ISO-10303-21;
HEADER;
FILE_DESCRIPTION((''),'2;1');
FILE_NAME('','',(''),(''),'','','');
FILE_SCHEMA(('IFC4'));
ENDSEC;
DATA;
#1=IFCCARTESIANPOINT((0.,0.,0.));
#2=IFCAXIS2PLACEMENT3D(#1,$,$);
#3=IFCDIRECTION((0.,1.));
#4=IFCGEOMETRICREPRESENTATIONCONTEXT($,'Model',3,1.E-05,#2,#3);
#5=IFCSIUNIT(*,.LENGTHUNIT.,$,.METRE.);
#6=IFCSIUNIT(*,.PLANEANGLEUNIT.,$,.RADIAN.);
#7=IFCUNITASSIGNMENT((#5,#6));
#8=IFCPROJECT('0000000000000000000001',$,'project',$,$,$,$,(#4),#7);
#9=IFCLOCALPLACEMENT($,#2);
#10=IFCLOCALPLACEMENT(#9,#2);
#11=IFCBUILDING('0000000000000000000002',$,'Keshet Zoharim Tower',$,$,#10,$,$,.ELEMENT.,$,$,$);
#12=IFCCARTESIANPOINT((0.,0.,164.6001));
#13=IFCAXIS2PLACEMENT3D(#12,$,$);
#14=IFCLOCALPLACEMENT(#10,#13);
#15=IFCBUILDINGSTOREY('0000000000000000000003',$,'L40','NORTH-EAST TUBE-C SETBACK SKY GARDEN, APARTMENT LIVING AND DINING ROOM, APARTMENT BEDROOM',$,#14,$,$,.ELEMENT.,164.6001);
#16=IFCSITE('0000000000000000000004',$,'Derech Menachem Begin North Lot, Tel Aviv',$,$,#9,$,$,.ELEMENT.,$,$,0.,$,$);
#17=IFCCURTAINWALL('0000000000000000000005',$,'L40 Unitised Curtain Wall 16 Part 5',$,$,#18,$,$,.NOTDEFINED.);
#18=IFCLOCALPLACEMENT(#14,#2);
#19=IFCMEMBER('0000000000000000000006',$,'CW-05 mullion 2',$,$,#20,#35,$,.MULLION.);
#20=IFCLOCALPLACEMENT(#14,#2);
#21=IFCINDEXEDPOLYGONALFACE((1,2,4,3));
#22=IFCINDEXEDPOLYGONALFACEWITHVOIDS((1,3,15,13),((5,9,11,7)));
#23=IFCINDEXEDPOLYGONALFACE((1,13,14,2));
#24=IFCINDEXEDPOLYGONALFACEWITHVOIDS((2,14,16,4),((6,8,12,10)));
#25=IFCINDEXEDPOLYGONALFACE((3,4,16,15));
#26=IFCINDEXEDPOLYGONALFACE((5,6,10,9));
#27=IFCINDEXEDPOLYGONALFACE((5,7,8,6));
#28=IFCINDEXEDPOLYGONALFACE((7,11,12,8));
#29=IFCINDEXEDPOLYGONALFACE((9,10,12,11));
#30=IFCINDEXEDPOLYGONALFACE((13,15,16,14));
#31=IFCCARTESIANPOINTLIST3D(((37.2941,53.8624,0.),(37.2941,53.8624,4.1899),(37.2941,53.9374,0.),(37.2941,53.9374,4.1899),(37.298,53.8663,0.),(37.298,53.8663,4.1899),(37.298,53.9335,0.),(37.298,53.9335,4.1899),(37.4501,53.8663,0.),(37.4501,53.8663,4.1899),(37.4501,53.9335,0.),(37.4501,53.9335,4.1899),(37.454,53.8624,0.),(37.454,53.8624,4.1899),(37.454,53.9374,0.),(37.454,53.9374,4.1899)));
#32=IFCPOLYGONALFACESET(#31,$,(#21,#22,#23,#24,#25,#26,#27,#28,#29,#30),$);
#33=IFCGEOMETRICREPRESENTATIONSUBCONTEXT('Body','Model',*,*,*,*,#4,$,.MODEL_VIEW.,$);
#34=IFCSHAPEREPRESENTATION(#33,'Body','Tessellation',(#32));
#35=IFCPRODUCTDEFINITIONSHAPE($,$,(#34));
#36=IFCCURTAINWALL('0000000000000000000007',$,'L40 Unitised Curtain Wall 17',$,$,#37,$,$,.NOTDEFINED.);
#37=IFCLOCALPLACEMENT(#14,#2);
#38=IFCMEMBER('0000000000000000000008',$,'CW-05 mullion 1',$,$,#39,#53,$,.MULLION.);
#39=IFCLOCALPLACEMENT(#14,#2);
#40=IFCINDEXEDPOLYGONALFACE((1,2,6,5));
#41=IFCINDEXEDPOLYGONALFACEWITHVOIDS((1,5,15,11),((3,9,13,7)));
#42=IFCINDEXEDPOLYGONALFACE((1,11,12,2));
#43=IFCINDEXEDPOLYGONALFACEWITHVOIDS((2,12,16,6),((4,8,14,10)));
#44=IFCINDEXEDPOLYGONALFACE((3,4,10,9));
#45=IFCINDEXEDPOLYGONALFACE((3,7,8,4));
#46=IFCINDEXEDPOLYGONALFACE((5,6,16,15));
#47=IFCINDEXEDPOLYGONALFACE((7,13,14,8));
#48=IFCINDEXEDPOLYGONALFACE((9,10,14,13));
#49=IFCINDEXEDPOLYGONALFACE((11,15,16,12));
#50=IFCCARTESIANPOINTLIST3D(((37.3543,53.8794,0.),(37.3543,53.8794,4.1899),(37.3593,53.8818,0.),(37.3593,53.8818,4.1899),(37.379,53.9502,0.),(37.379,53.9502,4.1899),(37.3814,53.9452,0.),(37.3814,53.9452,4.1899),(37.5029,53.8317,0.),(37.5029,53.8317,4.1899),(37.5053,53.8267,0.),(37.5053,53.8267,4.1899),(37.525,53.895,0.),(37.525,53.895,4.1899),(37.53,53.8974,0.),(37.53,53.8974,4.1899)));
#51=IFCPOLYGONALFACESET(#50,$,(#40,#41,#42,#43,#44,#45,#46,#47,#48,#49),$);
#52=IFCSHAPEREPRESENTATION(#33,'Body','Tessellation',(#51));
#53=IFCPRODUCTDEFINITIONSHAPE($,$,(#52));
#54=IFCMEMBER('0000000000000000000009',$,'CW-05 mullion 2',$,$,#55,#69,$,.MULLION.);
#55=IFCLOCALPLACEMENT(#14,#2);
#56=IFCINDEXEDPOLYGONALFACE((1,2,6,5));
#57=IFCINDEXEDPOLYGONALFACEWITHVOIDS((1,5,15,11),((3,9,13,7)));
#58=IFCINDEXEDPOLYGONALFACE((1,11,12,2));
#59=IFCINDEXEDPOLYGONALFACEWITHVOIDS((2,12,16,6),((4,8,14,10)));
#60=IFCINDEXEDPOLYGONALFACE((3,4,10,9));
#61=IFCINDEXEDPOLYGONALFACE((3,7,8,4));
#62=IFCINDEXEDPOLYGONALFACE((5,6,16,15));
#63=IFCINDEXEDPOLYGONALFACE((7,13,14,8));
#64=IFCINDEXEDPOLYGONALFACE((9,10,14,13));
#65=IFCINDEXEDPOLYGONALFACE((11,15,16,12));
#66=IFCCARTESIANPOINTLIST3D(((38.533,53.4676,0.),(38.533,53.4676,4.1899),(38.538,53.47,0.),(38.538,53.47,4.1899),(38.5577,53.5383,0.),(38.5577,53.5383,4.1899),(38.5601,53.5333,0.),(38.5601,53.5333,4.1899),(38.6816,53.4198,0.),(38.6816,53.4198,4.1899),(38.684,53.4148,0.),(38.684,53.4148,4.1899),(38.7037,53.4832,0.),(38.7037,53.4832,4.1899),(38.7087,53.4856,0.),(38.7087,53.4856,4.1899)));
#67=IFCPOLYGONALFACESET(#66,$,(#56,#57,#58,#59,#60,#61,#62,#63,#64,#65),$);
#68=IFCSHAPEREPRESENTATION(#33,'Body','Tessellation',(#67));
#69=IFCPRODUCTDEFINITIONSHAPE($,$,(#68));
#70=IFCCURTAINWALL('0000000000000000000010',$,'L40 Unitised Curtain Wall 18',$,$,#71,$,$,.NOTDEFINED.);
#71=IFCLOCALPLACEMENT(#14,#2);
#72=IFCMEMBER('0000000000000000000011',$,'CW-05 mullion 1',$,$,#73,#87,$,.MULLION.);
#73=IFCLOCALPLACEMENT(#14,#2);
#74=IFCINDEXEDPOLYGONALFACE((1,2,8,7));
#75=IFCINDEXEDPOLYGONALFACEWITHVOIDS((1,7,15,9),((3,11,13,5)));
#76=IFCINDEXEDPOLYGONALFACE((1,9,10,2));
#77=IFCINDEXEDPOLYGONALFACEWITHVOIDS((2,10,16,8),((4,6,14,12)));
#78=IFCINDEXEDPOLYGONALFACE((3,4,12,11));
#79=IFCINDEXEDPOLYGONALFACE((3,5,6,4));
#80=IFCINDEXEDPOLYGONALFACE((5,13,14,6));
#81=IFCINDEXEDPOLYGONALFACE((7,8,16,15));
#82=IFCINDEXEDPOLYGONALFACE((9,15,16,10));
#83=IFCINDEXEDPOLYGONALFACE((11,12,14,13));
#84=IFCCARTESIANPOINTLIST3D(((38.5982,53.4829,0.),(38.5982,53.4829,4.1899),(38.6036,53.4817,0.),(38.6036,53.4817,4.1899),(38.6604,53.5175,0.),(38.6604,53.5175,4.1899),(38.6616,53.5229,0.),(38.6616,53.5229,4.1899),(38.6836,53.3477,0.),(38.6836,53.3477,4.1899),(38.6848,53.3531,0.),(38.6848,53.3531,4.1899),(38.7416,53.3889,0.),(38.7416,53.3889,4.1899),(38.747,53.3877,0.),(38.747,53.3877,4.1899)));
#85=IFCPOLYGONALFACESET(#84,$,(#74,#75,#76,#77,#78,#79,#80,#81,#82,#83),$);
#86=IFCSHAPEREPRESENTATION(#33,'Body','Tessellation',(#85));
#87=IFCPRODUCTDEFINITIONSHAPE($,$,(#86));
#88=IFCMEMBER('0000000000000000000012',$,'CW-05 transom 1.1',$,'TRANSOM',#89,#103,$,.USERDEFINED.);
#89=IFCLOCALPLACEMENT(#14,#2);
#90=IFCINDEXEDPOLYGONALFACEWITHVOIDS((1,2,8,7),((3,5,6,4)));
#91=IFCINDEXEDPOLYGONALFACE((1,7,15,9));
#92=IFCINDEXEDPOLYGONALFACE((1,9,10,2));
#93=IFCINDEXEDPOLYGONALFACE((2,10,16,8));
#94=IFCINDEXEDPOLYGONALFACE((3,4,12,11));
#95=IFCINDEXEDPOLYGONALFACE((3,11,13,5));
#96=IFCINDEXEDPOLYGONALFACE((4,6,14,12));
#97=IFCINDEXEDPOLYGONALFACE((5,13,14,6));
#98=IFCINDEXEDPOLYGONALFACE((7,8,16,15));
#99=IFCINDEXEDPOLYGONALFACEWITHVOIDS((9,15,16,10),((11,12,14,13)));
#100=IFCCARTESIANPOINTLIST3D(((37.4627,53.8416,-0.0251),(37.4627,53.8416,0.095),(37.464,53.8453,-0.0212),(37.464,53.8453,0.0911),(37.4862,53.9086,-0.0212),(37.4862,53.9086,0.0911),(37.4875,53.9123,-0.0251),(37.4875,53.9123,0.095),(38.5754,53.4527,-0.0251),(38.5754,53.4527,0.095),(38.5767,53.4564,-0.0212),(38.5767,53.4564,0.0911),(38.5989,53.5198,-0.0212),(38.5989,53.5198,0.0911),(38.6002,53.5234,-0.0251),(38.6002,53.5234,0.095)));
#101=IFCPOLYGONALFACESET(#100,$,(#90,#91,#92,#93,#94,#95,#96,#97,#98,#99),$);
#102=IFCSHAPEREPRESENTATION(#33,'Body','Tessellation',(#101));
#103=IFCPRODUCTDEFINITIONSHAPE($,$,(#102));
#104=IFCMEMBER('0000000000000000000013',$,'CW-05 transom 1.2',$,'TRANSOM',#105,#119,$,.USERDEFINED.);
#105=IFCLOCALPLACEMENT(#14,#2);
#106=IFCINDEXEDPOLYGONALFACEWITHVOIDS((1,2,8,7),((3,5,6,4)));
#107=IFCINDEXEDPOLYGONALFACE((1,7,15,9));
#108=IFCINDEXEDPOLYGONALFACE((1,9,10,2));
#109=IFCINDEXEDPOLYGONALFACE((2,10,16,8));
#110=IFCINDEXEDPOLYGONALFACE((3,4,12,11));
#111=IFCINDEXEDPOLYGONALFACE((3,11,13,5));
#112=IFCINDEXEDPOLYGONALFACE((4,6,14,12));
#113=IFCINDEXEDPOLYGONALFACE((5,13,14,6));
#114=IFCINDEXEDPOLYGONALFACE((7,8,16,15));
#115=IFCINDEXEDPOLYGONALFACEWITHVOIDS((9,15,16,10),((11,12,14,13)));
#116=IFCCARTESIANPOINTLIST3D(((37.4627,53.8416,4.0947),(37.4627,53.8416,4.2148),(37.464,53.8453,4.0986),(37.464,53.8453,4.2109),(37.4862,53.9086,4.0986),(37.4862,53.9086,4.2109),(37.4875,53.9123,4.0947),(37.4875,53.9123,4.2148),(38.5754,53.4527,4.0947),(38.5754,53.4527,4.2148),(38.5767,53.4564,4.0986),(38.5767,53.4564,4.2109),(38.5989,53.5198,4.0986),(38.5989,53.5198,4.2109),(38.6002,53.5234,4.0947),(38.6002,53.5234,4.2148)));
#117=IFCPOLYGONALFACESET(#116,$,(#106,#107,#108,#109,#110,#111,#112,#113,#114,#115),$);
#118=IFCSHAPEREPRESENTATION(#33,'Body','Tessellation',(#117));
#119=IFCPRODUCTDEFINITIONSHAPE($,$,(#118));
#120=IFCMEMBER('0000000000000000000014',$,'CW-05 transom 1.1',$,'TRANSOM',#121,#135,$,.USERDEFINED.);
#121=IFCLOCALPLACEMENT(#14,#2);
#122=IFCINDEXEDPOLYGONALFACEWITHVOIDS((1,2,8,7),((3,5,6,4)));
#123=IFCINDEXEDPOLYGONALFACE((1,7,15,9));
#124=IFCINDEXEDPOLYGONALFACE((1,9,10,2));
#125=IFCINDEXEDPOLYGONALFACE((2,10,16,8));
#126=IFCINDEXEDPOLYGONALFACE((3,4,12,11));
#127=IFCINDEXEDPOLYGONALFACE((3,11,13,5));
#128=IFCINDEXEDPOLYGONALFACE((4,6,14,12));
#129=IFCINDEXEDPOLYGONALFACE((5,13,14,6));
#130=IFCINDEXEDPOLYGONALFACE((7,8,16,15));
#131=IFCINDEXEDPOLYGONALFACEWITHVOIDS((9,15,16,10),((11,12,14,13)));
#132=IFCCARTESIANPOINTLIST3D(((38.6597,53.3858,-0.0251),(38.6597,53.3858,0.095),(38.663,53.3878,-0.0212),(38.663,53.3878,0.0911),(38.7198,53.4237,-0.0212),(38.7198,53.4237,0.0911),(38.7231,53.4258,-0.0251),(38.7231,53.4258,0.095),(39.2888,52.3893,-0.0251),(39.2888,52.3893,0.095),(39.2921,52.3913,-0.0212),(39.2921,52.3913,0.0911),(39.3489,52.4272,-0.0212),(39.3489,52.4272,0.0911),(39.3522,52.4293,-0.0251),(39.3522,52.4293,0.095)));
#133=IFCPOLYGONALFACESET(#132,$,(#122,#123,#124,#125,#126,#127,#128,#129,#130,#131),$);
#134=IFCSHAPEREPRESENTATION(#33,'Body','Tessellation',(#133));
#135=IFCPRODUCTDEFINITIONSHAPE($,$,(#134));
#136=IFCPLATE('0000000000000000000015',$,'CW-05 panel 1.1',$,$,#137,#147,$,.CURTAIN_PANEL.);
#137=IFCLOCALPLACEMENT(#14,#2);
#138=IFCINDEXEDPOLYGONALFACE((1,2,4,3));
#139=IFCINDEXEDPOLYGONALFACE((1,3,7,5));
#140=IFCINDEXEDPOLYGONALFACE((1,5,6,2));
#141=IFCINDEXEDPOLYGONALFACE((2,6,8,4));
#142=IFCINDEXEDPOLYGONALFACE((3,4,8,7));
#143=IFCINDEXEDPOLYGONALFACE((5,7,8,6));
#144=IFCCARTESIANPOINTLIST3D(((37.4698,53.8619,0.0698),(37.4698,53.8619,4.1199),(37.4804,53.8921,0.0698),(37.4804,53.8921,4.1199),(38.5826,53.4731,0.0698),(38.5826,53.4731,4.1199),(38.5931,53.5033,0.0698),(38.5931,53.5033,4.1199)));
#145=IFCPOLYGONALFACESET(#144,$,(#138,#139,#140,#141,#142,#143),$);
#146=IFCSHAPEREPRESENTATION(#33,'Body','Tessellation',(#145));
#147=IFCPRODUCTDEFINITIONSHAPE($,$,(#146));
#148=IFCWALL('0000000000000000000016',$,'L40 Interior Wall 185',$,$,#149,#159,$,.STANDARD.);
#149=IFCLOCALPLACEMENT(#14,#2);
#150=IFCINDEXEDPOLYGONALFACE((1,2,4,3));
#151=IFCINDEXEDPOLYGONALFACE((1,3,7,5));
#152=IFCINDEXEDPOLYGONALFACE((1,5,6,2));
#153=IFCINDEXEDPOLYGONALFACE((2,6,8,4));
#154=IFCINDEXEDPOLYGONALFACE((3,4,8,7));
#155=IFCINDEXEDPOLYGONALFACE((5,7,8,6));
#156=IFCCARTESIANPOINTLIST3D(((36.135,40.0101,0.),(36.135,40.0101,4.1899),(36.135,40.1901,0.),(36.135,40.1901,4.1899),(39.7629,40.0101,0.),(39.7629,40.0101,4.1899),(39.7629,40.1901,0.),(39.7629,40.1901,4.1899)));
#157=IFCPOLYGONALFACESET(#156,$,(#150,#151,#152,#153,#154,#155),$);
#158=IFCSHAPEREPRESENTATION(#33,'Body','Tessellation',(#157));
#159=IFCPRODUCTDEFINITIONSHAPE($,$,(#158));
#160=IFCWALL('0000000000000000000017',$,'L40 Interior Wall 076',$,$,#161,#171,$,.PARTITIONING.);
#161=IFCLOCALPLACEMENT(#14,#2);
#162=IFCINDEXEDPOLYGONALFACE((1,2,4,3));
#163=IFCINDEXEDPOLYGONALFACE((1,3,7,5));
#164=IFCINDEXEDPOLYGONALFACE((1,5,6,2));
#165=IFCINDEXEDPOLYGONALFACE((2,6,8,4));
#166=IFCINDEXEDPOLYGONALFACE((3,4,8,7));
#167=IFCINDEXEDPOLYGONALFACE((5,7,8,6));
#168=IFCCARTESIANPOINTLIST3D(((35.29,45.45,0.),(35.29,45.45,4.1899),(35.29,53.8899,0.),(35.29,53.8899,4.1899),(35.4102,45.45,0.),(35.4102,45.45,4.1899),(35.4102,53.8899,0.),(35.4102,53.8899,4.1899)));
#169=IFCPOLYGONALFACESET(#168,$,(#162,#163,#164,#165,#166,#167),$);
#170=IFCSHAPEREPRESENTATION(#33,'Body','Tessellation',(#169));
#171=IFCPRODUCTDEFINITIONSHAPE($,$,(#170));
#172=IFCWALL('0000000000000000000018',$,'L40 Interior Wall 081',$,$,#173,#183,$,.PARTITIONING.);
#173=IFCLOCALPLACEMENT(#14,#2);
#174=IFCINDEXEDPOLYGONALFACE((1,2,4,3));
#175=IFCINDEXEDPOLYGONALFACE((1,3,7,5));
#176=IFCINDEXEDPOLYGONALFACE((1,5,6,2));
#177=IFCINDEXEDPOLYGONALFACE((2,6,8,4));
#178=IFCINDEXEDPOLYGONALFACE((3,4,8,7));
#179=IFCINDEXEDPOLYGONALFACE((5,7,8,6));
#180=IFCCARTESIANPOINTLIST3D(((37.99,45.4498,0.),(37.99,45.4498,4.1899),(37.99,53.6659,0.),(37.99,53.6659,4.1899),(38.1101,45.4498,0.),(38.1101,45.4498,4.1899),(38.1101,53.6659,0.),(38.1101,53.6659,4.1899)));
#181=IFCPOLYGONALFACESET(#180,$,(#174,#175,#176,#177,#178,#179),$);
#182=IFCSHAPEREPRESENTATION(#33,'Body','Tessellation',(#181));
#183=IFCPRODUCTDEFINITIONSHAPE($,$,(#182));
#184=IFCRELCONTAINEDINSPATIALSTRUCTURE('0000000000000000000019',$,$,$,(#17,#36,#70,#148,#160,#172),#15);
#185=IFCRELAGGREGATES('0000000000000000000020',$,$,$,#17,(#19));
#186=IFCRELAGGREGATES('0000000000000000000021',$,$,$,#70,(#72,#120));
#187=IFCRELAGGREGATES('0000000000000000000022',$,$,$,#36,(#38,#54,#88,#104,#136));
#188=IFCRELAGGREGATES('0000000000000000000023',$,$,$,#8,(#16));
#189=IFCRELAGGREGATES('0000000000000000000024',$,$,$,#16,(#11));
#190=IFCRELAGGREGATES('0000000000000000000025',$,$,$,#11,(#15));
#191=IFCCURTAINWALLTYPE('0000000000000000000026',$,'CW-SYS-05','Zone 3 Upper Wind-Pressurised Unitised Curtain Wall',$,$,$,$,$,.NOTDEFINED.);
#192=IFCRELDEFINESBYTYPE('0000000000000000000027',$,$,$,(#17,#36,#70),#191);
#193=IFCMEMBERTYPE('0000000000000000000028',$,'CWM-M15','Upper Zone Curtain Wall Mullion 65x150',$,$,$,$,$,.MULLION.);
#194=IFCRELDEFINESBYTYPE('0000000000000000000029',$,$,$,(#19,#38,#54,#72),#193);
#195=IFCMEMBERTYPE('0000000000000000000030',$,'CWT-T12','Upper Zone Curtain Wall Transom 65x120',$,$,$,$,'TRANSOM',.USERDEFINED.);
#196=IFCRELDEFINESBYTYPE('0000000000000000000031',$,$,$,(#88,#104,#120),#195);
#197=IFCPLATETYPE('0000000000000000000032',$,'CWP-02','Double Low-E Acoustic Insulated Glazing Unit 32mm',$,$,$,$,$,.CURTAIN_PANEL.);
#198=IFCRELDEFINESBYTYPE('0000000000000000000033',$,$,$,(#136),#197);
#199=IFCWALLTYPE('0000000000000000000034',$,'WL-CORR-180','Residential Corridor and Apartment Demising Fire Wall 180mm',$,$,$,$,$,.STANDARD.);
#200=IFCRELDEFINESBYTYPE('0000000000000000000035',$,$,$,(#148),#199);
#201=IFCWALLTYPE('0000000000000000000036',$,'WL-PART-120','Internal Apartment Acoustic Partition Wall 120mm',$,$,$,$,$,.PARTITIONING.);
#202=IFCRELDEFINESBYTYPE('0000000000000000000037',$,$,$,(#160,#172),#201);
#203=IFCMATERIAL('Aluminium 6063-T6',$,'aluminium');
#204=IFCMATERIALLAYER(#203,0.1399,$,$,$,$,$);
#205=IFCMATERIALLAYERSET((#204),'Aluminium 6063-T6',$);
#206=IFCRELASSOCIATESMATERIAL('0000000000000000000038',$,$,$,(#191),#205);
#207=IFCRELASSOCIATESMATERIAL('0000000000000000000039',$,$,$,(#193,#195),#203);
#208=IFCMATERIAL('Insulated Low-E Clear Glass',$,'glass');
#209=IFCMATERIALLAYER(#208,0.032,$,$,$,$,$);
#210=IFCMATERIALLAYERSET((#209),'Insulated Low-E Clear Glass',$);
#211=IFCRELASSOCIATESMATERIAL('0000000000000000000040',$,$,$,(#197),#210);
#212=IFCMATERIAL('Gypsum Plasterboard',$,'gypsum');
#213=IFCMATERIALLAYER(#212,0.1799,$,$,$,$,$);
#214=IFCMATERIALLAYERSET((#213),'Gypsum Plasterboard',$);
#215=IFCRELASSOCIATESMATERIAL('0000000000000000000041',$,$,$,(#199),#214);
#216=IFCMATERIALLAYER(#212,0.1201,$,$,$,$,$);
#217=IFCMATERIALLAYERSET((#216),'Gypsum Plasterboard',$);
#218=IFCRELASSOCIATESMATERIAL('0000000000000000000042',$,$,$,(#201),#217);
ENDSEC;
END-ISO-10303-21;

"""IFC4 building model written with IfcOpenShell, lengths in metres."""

from ifc_helpers import new_model, si_unit, direction, frame, frame_2d, origin, origin_2d, place, context, subcontext, project, spatial, rectangle, hollow_rectangle, extrude, material, layer, layer_set, material_profile, profile_set, type_object, element, aggregate, save


model = new_model("IFC4")

# Units and contexts
model_context = context("Model", 3, precision=1e-05, world=origin(), true_north=direction((0.0, 1.0)))
body_context = subcontext(model_context, "Body", "Model", "MODEL_VIEW")
ifc_project = project(units=[si_unit("LENGTHUNIT", "METRE"), si_unit("PLANEANGLEUNIT", "RADIAN")], contexts=[model_context])

# Site, building, storey
site_placement = place(None, origin())
site = spatial("IfcSite", under=ifc_project, at=site_placement, Name="Derech Menachem Begin North Lot, Tel Aviv", CompositionType="ELEMENT", RefElevation=0.0)
building_placement = place(site_placement, origin())
building = spatial("IfcBuilding", under=site, at=building_placement, Name="Keshet Zoharim Tower", CompositionType="ELEMENT")
storey_placement = place(building_placement, frame((0.0, 0.0, 164.6001)))
storey = spatial("IfcBuildingStorey", under=building, at=storey_placement, Name="L40", Description="NORTH-EAST TUBE-C SETBACK SKY GARDEN, APARTMENT LIVING AND DINING ROOM, APARTMENT BEDROOM", CompositionType="ELEMENT", Elevation=164.6001)

# Curtain wall, member
ifc_material_1 = material(Name="Aluminium 6063-T6", Category="aluminium")
ifc_layer_1 = layer(ifc_material_1, 0.1399)
ifc_layer_set_1 = layer_set([ifc_layer_1], Name="Aluminium 6063-T6")
curtain_wall_type = type_object("IfcCurtainWallType", Name="CW-SYS-05", Description="Zone 3 Upper Wind-Pressurised Unitised Curtain Wall", PredefinedType="NOTDEFINED", material=ifc_layer_set_1)
curtain_wall_1_placement = place(storey_placement, origin())
curtain_wall_1 = element("IfcCurtainWall", 1, at=curtain_wall_1_placement, inside=storey, type_object=curtain_wall_type, Name="L40 Unitised Curtain Wall 16 Part 5", PredefinedType="NOTDEFINED")
ifc_material_profile_1 = material_profile(ifc_material_1, hollow_rectangle(XDim=0.075, YDim=0.1599, WallThickness=0.0039, at=origin_2d()), Name="MUL-75x160")
ifc_profile_set_1 = profile_set([ifc_material_profile_1], Name="Aluminium 6063-T6")
member_type_1 = type_object("IfcMemberType", Name="CWM-M15", Description="Upper Zone Curtain Wall Mullion 65x150", PredefinedType="MULLION", material=ifc_profile_set_1)
member_1_placement = place(storey_placement, frame((37.374, 53.8999, 0.0), z_axis=(0.0, 0.0, 1.0), x_axis=(0.0, 1.0, 0.0)))
member_1 = element("IfcMember", 2, at=member_1_placement, type_object=member_type_1, Name="CW-05 mullion 2", PredefinedType="MULLION", context=body_context, shape_type="SweptSolid", body=[
    extrude(hollow_rectangle(XDim=0.075, YDim=0.1599, WallThickness=0.0039, at=origin_2d()), origin(), (0.0, 0.0, 1.0), 4.1899),
])
aggregate(curtain_wall_1, [member_1])

# Curtain wall, members
curtain_wall_2_placement = place(storey_placement, origin())
curtain_wall_2 = element("IfcCurtainWall", 3, at=curtain_wall_2_placement, inside=storey, type_object=curtain_wall_type, Name="L40 Unitised Curtain Wall 17", PredefinedType="NOTDEFINED")
member_2_placement = place(storey_placement, frame((37.4421, 53.8884, 0.0), z_axis=(0.0, 0.0, 1.0), x_axis=(0.329844, 0.944036, 0.0)))
member_2 = element("IfcMember", 4, at=member_2_placement, type_object=member_type_1, Name="CW-05 mullion 1", PredefinedType="MULLION", context=body_context, shape_type="SweptSolid", body=[
    extrude(hollow_rectangle(XDim=0.075, YDim=0.1599, WallThickness=0.0039, at=origin_2d()), origin(), (0.0, 0.0, 1.0), 4.1899),
])
member_3_placement = place(storey_placement, frame((38.6208, 53.4766, 0.0), z_axis=(0.0, 0.0, 1.0), x_axis=(0.329844, 0.944036, 0.0)))
member_3 = element("IfcMember", 5, at=member_3_placement, type_object=member_type_1, Name="CW-05 mullion 2", PredefinedType="MULLION", context=body_context, shape_type="SweptSolid", body=[
    extrude(hollow_rectangle(XDim=0.075, YDim=0.1599, WallThickness=0.0039, at=origin_2d()), origin(), (0.0, 0.0, 1.0), 4.1899),
])

# Curtain wall, member
curtain_wall_3_placement = place(storey_placement, origin())
curtain_wall_3 = element("IfcCurtainWall", 6, at=curtain_wall_3_placement, inside=storey, type_object=curtain_wall_type, Name="L40 Unitised Curtain Wall 18", PredefinedType="NOTDEFINED")
member_4_placement = place(storey_placement, frame((38.6726, 53.4353, 0.0), z_axis=(0.0, 0.0, 1.0), x_axis=(0.845561, 0.533879, 0.0)))
member_4 = element("IfcMember", 7, at=member_4_placement, type_object=member_type_1, Name="CW-05 mullion 1", PredefinedType="MULLION", context=body_context, shape_type="SweptSolid", body=[
    extrude(hollow_rectangle(XDim=0.075, YDim=0.1599, WallThickness=0.0039, at=origin_2d()), origin(), (0.0, 0.0, 1.0), 4.1899),
])

# Members
ifc_material_profile_2 = material_profile(ifc_material_1, hollow_rectangle(XDim=0.075, YDim=0.1201, WallThickness=0.0039, at=origin_2d()), Name="TRN-75x120")
ifc_profile_set_2 = profile_set([ifc_material_profile_2], Name="Aluminium 6063-T6")
member_type_2 = type_object("IfcMemberType", Name="CWT-T12", Description="Upper Zone Curtain Wall Transom 65x120", ElementType="TRANSOM", PredefinedType="USERDEFINED", material=ifc_profile_set_2)
member_5_placement = place(storey_placement, frame((37.4751, 53.877, 0.0349), z_axis=(0.944007, -0.329926, 0.0), x_axis=(0.329926, 0.944007, 0.0)))
member_5 = element("IfcMember", 8, at=member_5_placement, type_object=member_type_2, Name="CW-05 transom 1.1", ObjectType="TRANSOM", PredefinedType="USERDEFINED", context=body_context, shape_type="SweptSolid", body=[
    extrude(hollow_rectangle(XDim=0.075, YDim=0.1201, WallThickness=0.0039, at=origin_2d()), origin(), (0.0, 0.0, 1.0), 1.1787),
])
member_6_placement = place(storey_placement, frame((37.4751, 53.877, 4.1548), z_axis=(0.944007, -0.329926, 0.0), x_axis=(0.329926, 0.944007, 0.0)))
member_6 = element("IfcMember", 9, at=member_6_placement, type_object=member_type_2, Name="CW-05 transom 1.2", ObjectType="TRANSOM", PredefinedType="USERDEFINED", context=body_context, shape_type="SweptSolid", body=[
    extrude(hollow_rectangle(XDim=0.075, YDim=0.1201, WallThickness=0.0039, at=origin_2d()), origin(), (0.0, 0.0, 1.0), 1.1787),
])
member_7_placement = place(storey_placement, frame((38.6914, 53.4058, 0.0349), z_axis=(0.533829, -0.845592, 0.0), x_axis=(0.845592, 0.533829, 0.0)))
member_7 = element("IfcMember", 10, at=member_7_placement, type_object=member_type_2, Name="CW-05 transom 1.1", ObjectType="TRANSOM", PredefinedType="USERDEFINED", context=body_context, shape_type="SweptSolid", body=[
    extrude(hollow_rectangle(XDim=0.075, YDim=0.1201, WallThickness=0.0039, at=origin_2d()), origin(), (0.0, 0.0, 1.0), 1.1785),
])
aggregate(curtain_wall_3, [member_4, member_7])

# Plate
ifc_material_2 = material(Name="Insulated Low-E Clear Glass", Category="glass")
ifc_layer_2 = layer(ifc_material_2, 0.032)
ifc_layer_set_2 = layer_set([ifc_layer_2], Name="Insulated Low-E Clear Glass")
plate_type = type_object("IfcPlateType", Name="CWP-02", Description="Double Low-E Acoustic Insulated Glazing Unit 32mm", PredefinedType="CURTAIN_PANEL", material=ifc_layer_set_2)
plate_placement = place(storey_placement, frame((38.0315, 53.6826, 0.0698), z_axis=(0.0, 0.0, 1.0), x_axis=(0.944036, -0.329844, 0.0)))
plate = element("IfcPlate", 11, at=plate_placement, type_object=plate_type, Name="CW-05 panel 1.1", PredefinedType="CURTAIN_PANEL", context=body_context, shape_type="SweptSolid", body=[
    extrude(rectangle(XDim=1.1787, YDim=0.032, at=origin_2d()), origin(), (0.0, 0.0, 1.0), 4.05),
])
aggregate(curtain_wall_2, [member_2, member_3, member_5, member_6, plate])

# Walls
ifc_material_3 = material(Name="Gypsum Plasterboard", Category="gypsum")
ifc_layer_3 = layer(ifc_material_3, 0.1799)
ifc_layer_set_3 = layer_set([ifc_layer_3], Name="Gypsum Plasterboard")
wall_type_1 = type_object("IfcWallType", Name="WL-CORR-180", Description="Residential Corridor and Apartment Demising Fire Wall 180mm", PredefinedType="STANDARD", material=ifc_layer_set_3)
wall_1_placement = place(storey_placement, frame((36.135, 40.1001, 0.0), z_axis=(0.0, 0.0, 1.0), x_axis=(1.0, 0.0, 0.0)))
element("IfcWall", 12, at=wall_1_placement, inside=storey, type_object=wall_type_1, Name="L40 Interior Wall 185", PredefinedType="STANDARD", context=body_context, shape_type="SweptSolid", body=[
    extrude(rectangle(XDim=3.6279, YDim=0.1799, at=frame_2d((1.814, 0.0))), origin(), (0.0, 0.0, 1.0), 4.1899),
])
ifc_layer_4 = layer(ifc_material_3, 0.1201)
ifc_layer_set_4 = layer_set([ifc_layer_4], Name="Gypsum Plasterboard")
wall_type_2 = type_object("IfcWallType", Name="WL-PART-120", Description="Internal Apartment Acoustic Partition Wall 120mm", PredefinedType="PARTITIONING", material=ifc_layer_set_4)
wall_2_placement = place(storey_placement, frame((35.3501, 45.45, 0.0), z_axis=(0.0, 0.0, 1.0), x_axis=(0.0, 1.0, 0.0)))
element("IfcWall", 13, at=wall_2_placement, inside=storey, type_object=wall_type_2, Name="L40 Interior Wall 076", PredefinedType="PARTITIONING", context=body_context, shape_type="SweptSolid", body=[
    extrude(rectangle(XDim=8.4399, YDim=0.1201, at=frame_2d((4.22, 0.0))), origin(), (0.0, 0.0, 1.0), 4.1899),
])
wall_3_placement = place(storey_placement, frame((38.05, 45.45, 0.0), z_axis=(0.0, 0.0, 1.0), x_axis=(0.0, 1.0, 0.0)))
element("IfcWall", 14, at=wall_3_placement, inside=storey, type_object=wall_type_2, Name="L40 Interior Wall 081", PredefinedType="PARTITIONING", context=body_context, shape_type="SweptSolid", body=[
    extrude(rectangle(XDim=8.2161, YDim=0.1201, at=frame_2d((4.1079, 0.0))), origin(), (0.0, 0.0, 1.0), 4.1899),
])

save(model, "model.ifc")
